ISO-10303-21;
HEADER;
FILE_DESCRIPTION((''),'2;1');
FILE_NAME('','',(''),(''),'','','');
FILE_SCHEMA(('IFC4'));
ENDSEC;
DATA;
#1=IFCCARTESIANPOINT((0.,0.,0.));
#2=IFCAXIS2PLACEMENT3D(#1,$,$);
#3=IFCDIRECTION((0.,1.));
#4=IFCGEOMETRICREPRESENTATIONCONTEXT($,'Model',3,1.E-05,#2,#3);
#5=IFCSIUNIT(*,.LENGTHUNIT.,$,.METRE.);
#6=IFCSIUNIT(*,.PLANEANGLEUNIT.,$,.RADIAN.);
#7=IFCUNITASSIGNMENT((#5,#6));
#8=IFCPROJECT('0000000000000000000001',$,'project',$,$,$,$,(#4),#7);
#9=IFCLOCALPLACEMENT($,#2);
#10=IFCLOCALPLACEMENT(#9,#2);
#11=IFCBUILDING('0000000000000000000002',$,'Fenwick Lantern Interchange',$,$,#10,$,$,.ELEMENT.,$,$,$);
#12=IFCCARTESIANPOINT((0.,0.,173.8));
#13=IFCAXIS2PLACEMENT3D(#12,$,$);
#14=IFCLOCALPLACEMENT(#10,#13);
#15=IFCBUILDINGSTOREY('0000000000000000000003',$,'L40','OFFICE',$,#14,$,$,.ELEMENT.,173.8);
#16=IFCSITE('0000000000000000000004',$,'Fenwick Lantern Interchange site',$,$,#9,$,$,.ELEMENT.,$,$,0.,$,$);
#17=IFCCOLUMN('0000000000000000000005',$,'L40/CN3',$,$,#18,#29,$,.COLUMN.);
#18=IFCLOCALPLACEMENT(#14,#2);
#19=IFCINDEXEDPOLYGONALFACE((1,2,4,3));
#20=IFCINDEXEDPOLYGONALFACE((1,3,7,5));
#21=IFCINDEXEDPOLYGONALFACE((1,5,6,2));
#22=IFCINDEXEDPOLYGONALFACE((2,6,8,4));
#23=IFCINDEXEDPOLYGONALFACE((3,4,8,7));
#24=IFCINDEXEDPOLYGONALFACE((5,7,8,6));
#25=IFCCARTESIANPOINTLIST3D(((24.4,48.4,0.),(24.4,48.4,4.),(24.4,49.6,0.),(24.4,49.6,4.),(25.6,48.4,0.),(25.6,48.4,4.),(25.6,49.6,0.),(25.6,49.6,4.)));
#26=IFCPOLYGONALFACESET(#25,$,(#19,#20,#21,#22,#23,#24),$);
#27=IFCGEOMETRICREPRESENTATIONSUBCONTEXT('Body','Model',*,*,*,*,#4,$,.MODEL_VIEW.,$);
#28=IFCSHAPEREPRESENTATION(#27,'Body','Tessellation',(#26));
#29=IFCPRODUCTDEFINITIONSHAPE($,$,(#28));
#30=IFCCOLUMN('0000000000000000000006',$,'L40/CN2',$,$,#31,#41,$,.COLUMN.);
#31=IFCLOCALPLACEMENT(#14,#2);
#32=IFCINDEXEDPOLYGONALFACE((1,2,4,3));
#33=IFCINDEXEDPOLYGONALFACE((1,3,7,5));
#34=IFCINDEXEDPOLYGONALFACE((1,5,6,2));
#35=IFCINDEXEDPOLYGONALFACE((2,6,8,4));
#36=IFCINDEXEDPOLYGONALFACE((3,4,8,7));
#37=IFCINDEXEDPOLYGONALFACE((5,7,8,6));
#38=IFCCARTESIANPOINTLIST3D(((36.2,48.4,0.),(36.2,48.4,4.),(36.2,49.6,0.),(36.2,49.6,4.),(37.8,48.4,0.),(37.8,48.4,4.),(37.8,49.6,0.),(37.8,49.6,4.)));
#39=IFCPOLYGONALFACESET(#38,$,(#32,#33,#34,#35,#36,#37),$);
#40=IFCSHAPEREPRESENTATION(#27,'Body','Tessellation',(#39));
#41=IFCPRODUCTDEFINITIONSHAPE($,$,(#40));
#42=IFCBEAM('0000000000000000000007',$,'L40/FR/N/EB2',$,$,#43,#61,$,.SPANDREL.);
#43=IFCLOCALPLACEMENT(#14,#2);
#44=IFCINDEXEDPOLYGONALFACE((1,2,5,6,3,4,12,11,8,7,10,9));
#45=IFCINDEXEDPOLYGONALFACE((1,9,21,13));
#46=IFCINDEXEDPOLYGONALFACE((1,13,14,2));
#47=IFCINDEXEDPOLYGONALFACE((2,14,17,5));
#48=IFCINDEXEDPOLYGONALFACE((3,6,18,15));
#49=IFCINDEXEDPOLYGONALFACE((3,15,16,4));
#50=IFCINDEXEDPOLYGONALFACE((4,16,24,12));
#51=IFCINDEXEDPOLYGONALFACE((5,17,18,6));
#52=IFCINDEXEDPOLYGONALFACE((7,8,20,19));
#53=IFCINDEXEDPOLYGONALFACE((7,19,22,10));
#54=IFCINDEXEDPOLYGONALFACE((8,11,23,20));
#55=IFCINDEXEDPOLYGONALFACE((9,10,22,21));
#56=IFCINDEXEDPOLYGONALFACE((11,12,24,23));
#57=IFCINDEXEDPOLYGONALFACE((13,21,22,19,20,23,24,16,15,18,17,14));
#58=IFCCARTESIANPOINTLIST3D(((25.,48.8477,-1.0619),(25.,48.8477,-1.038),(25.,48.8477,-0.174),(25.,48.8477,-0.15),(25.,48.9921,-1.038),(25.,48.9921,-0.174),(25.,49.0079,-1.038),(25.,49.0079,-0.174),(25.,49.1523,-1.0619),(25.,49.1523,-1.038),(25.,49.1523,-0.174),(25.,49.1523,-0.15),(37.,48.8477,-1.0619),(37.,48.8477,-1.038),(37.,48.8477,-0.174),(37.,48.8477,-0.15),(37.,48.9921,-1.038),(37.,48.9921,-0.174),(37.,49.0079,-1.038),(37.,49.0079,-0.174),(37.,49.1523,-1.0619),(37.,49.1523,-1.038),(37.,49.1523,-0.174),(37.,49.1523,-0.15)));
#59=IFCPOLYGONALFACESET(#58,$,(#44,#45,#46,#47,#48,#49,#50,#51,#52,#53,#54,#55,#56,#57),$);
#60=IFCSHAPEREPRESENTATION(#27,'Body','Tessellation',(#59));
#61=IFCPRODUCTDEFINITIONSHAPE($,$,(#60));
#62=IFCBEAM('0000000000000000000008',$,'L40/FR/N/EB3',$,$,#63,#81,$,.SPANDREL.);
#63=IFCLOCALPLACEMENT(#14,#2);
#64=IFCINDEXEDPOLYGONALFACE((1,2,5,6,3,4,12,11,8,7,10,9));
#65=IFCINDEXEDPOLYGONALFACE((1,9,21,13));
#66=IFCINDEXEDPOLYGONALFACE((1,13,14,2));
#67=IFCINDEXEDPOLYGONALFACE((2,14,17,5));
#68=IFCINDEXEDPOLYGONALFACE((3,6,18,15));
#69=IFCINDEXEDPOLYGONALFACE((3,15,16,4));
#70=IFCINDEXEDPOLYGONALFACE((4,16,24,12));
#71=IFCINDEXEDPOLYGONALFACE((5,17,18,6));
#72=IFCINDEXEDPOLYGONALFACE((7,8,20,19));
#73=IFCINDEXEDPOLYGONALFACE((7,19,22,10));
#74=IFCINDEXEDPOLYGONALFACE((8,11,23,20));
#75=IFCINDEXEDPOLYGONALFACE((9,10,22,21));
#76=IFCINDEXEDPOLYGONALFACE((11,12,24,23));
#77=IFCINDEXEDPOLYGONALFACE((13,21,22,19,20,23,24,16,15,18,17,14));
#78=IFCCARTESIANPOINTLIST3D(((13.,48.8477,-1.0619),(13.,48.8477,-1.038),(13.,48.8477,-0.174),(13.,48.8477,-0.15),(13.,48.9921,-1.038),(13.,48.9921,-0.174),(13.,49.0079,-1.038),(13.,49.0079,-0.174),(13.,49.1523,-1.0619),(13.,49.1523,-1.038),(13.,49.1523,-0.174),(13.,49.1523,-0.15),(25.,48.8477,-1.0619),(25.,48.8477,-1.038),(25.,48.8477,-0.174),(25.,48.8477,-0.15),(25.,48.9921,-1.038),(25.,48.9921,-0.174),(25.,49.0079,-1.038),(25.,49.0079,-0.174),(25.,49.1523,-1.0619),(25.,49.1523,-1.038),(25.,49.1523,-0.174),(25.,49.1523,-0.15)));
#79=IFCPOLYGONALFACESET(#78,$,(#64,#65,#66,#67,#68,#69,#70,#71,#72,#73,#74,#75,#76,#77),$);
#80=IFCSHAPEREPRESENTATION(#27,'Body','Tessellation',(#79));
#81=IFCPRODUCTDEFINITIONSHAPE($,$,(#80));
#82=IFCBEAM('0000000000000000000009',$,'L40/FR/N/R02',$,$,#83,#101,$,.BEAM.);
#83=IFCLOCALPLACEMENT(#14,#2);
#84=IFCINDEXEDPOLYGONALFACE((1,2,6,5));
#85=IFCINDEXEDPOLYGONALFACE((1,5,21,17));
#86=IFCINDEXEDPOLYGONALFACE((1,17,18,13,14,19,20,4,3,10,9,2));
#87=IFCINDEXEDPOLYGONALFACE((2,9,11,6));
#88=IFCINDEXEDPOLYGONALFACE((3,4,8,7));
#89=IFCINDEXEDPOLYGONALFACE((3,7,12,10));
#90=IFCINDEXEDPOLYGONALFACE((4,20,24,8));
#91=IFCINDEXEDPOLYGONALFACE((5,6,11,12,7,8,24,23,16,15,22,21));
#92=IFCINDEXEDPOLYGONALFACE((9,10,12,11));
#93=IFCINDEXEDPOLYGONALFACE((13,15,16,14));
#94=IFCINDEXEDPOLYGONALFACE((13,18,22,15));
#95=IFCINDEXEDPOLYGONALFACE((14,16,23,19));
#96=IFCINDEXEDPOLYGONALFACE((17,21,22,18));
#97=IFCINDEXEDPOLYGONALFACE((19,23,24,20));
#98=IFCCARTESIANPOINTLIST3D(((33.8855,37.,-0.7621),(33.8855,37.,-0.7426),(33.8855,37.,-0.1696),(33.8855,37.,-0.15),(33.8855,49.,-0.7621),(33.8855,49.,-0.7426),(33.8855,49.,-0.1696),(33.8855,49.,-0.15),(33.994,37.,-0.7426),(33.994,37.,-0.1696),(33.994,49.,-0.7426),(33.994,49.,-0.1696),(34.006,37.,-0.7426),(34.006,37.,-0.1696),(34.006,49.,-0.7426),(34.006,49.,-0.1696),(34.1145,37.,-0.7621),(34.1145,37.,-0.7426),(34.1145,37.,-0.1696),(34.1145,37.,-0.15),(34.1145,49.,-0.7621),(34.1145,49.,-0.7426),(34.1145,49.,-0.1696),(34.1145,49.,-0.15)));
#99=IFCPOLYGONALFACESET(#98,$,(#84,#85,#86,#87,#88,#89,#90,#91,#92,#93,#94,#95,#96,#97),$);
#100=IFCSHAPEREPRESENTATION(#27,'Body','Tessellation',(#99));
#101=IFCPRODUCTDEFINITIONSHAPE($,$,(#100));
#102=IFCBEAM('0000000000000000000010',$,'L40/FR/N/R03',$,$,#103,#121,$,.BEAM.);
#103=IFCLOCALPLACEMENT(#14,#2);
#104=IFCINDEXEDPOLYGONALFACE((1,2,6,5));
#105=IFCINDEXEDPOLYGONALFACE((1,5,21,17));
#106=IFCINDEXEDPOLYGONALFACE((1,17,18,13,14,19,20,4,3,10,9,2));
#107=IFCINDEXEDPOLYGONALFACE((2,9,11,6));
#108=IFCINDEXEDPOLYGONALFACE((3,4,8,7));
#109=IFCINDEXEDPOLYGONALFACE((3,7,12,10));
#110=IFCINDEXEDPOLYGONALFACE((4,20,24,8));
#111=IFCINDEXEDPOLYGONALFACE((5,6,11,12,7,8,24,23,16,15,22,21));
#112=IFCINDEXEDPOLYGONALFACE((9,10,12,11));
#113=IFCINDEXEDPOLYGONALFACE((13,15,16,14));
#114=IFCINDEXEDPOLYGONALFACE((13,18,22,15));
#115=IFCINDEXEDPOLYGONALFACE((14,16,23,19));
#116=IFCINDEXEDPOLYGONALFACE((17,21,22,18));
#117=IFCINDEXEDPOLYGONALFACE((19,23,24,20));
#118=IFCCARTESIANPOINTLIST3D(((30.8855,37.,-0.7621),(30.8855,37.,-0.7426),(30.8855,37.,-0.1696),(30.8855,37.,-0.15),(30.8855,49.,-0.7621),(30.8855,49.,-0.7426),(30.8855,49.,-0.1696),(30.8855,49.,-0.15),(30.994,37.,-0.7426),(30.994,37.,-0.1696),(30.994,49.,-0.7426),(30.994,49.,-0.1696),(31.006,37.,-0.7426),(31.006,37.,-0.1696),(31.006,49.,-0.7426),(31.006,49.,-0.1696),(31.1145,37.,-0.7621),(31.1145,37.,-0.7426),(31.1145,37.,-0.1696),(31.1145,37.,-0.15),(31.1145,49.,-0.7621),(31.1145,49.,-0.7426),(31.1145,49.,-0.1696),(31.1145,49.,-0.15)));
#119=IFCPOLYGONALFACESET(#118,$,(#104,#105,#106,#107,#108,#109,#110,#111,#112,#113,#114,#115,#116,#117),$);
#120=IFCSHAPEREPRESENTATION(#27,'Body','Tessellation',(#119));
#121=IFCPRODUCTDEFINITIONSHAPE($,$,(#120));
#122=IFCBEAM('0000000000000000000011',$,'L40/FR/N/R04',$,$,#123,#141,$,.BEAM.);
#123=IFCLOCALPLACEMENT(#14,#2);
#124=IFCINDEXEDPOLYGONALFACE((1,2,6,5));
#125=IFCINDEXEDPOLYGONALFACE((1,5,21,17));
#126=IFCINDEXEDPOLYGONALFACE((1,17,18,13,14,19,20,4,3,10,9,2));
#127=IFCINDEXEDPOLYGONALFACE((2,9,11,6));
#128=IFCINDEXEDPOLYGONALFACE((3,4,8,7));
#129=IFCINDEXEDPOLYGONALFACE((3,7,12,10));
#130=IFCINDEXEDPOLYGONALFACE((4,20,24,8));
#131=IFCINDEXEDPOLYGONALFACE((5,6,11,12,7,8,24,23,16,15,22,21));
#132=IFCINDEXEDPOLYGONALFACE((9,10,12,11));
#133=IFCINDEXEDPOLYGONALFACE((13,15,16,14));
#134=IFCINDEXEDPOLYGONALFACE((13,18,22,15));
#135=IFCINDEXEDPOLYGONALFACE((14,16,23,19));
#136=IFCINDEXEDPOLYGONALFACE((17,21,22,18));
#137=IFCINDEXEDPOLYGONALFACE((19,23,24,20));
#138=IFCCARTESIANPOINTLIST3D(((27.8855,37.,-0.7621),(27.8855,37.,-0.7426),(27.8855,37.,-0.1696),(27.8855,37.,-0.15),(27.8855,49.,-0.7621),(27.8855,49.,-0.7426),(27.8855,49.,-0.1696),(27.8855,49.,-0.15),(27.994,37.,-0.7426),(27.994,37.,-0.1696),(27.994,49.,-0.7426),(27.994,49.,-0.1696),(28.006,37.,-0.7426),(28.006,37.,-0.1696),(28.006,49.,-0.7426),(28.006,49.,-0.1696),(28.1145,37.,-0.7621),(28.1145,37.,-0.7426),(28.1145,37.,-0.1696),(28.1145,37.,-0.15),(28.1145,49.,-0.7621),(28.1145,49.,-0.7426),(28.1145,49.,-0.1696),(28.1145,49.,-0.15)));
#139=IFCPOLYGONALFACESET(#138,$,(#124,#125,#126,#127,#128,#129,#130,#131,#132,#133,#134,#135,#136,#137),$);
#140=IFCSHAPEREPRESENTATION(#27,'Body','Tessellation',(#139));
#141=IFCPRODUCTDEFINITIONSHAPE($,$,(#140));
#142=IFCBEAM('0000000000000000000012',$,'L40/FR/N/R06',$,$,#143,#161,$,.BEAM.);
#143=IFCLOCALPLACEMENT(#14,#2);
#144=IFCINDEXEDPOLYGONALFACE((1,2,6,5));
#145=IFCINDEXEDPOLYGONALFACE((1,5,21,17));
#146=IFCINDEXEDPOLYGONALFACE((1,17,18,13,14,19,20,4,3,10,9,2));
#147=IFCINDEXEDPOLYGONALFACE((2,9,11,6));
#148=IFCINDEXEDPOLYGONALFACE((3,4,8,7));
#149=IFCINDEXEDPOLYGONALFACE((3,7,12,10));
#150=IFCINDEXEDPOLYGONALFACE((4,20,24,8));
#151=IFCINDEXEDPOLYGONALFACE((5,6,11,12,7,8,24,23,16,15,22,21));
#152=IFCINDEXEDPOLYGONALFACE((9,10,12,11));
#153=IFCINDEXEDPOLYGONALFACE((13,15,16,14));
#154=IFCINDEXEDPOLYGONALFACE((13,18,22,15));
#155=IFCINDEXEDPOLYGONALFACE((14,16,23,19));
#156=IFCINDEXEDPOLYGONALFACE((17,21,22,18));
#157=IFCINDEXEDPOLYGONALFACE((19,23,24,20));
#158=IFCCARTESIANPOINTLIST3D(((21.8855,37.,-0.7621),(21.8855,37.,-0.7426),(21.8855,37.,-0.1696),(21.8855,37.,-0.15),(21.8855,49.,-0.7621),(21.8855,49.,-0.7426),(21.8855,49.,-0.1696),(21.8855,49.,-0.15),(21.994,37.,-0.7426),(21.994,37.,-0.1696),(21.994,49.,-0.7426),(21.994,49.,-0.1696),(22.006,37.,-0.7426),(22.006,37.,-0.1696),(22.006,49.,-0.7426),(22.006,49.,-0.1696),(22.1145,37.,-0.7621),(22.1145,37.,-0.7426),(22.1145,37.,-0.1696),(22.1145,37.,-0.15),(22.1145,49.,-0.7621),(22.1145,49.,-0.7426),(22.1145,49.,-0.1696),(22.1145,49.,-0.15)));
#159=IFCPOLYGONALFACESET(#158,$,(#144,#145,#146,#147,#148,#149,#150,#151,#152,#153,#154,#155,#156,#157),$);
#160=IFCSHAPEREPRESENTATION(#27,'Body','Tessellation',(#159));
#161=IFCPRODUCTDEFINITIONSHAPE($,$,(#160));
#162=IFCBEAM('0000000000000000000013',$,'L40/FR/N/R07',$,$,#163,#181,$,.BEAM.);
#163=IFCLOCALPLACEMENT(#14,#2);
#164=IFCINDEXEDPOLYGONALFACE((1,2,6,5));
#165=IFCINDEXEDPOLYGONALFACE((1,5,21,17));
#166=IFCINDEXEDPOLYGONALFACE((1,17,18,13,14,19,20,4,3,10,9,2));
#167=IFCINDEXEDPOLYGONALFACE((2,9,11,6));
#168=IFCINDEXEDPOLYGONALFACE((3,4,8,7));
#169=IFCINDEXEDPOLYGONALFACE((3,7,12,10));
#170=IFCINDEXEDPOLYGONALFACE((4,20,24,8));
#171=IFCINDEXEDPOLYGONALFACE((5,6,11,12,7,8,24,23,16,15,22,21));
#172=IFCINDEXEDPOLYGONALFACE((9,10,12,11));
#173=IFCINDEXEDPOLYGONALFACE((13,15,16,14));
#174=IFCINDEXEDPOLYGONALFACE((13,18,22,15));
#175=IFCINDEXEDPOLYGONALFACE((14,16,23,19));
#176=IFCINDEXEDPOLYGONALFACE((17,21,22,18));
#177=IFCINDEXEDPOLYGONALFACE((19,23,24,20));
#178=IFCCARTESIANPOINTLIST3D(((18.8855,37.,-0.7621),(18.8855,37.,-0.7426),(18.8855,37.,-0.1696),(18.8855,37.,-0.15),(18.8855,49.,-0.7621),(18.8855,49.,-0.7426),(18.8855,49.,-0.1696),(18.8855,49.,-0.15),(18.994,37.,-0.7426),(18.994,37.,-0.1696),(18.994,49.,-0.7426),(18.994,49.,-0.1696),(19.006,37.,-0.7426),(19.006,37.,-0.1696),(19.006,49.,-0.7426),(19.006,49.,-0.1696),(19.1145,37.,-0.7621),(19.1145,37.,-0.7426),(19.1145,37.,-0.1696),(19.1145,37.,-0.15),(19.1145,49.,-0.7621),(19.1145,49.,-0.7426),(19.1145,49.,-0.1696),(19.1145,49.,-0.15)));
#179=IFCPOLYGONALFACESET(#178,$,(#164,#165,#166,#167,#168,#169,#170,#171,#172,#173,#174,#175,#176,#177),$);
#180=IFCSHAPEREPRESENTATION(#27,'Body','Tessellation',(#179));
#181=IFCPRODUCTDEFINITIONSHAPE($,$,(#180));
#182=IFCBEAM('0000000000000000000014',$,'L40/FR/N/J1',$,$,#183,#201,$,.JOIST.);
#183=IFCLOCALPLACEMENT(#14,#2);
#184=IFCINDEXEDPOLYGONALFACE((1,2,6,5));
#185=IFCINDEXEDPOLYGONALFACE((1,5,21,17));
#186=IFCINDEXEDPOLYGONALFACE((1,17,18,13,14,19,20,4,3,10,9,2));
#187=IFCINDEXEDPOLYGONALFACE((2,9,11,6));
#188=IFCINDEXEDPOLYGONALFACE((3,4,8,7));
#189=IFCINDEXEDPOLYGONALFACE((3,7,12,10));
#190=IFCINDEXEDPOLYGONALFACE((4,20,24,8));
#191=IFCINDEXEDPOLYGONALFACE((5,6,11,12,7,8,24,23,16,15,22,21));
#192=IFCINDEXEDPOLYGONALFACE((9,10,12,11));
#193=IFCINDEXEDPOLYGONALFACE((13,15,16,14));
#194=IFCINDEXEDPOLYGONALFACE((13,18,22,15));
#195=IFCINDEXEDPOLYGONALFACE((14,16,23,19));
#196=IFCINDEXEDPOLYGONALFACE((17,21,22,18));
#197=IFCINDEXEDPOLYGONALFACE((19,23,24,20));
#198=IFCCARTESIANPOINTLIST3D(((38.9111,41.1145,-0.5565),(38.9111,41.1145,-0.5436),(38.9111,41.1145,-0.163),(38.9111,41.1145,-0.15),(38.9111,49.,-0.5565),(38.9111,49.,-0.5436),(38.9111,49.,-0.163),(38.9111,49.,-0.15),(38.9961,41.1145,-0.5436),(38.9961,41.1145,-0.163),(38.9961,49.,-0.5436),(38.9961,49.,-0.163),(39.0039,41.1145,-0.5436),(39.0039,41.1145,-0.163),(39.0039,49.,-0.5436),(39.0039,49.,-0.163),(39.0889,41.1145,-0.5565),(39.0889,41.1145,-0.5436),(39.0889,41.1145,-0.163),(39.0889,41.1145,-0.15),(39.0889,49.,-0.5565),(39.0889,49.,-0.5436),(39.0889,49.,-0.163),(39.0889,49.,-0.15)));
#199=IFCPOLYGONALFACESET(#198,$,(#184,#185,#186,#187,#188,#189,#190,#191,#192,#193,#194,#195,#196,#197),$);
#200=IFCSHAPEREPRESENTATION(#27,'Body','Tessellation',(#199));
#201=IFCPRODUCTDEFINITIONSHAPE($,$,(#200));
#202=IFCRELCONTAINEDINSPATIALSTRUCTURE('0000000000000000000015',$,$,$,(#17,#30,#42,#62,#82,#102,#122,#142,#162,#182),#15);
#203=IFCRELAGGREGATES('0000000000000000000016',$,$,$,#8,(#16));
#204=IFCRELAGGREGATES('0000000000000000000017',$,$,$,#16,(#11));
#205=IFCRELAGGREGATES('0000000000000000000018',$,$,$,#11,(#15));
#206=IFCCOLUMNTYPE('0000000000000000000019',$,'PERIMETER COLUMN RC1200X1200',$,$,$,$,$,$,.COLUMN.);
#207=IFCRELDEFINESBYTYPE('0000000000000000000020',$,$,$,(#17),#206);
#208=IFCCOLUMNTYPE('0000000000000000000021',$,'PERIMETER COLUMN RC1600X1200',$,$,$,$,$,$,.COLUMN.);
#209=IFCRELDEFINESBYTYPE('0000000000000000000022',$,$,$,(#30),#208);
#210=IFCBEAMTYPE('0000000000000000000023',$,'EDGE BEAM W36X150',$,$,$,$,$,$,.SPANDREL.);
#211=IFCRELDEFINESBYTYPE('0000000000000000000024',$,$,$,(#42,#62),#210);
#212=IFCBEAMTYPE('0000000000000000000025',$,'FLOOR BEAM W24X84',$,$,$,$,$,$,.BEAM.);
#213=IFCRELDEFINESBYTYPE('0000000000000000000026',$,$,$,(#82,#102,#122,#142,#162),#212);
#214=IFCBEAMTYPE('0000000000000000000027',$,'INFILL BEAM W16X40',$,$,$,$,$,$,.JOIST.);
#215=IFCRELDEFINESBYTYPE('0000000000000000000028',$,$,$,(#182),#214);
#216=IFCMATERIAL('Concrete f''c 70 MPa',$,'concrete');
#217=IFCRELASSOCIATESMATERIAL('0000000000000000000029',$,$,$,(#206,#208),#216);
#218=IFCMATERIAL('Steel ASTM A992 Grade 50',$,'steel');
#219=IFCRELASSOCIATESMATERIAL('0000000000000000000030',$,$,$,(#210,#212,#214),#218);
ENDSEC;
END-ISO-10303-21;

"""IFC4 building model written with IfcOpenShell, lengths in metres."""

from ifc_helpers import new_model, si_unit, direction, frame, origin, origin_2d, place, context, subcontext, project, spatial, rectangle, i_section, extrude, material, material_profile, profile_set, type_object, element, save


model = new_model("IFC4")

# Units and contexts
model_context = context("Model", 3, precision=1e-05, world=origin(), true_north=direction((0.0, 1.0)))
body_context = subcontext(model_context, "Body", "Model", "MODEL_VIEW")
ifc_project = project(units=[si_unit("LENGTHUNIT", "METRE"), si_unit("PLANEANGLEUNIT", "RADIAN")], contexts=[model_context])

# Site, building, storey
site_placement = place(None, origin())
site = spatial("IfcSite", under=ifc_project, at=site_placement, Name="Fenwick Lantern Interchange site", CompositionType="ELEMENT", RefElevation=0.0)
building_placement = place(site_placement, origin())
building = spatial("IfcBuilding", under=site, at=building_placement, Name="Fenwick Lantern Interchange", CompositionType="ELEMENT")
storey_placement = place(building_placement, frame((0.0, 0.0, 173.8)))
storey = spatial("IfcBuildingStorey", under=building, at=storey_placement, Name="L40", Description="OFFICE", CompositionType="ELEMENT", Elevation=173.8)

# Columns
ifc_material_1 = material(Name="Concrete f'c 70 MPa", Category="concrete")
ifc_material_profile_1 = material_profile(ifc_material_1, rectangle(XDim=1.2, YDim=1.2, at=origin_2d()), Name="RC1200X1200")
ifc_profile_set_1 = profile_set([ifc_material_profile_1], Name="Concrete f'c 70 MPa")
column_type_1 = type_object("IfcColumnType", Name="PERIMETER COLUMN RC1200X1200", PredefinedType="COLUMN", material=ifc_profile_set_1)
column_1_placement = place(storey_placement, frame((25.0, 49.0, 0.0), z_axis=(0.0, 0.0, 1.0), x_axis=(1.0, 0.0, 0.0)))
element("IfcColumn", 1, at=column_1_placement, inside=storey, type_object=column_type_1, Name="L40/CN3", PredefinedType="COLUMN", context=body_context, shape_type="SweptSolid", body=[
    extrude(rectangle(XDim=1.2, YDim=1.2, at=origin_2d()), origin(), (0.0, 0.0, 1.0), 4.0),
])
ifc_material_profile_2 = material_profile(ifc_material_1, rectangle(XDim=1.6001, YDim=1.2, at=origin_2d()), Name="RC1600X1200")
ifc_profile_set_2 = profile_set([ifc_material_profile_2], Name="Concrete f'c 70 MPa")
column_type_2 = type_object("IfcColumnType", Name="PERIMETER COLUMN RC1600X1200", PredefinedType="COLUMN", material=ifc_profile_set_2)
column_2_placement = place(storey_placement, frame((37.0, 49.0, 0.0), z_axis=(0.0, 0.0, 1.0), x_axis=(1.0, 0.0, 0.0)))
element("IfcColumn", 2, at=column_2_placement, inside=storey, type_object=column_type_2, Name="L40/CN2", PredefinedType="COLUMN", context=body_context, shape_type="SweptSolid", body=[
    extrude(rectangle(XDim=1.6001, YDim=1.2, at=origin_2d()), origin(), (0.0, 0.0, 1.0), 4.0),
])

# Beams
ifc_material_2 = material(Name="Steel ASTM A992 Grade 50", Category="steel")
ifc_material_profile_3 = material_profile(ifc_material_2, i_section(OverallWidth=0.3047, OverallDepth=0.9119, WebThickness=0.0159, FlangeThickness=0.0239, at=origin_2d()), Name="W36X150")
ifc_profile_set_3 = profile_set([ifc_material_profile_3], Name="Steel ASTM A992 Grade 50")
beam_type_1 = type_object("IfcBeamType", Name="EDGE BEAM W36X150", PredefinedType="SPANDREL", material=ifc_profile_set_3)
for number, where, z_axis, x_axis, name in (
    (3, (37.0, 49.0, -0.606), (-1.0, 0.0, 0.0), (0.0, -1.0, 0.0), "L40/FR/N/EB2"),
    (4, (25.0, 49.0, -0.606), (-1.0, 0.0, 0.0), (0.0, -1.0, 0.0), "L40/FR/N/EB3"),
):
    element("IfcBeam", number, at=place(storey_placement, frame(where, z_axis=z_axis, x_axis=x_axis)), inside=storey, type_object=beam_type_1, Name=name, PredefinedType="SPANDREL", context=body_context, shape_type="SweptSolid", body=[
        extrude(i_section(OverallWidth=0.3047, OverallDepth=0.9119, WebThickness=0.0159, FlangeThickness=0.0239, at=origin_2d()), origin(), (0.0, 0.0, 1.0), 12.0),
    ])
ifc_material_profile_4 = material_profile(ifc_material_2, i_section(OverallWidth=0.229, OverallDepth=0.6121, WebThickness=0.012, FlangeThickness=0.0195, at=origin_2d()), Name="W24X84")
ifc_profile_set_4 = profile_set([ifc_material_profile_4], Name="Steel ASTM A992 Grade 50")
beam_type_2 = type_object("IfcBeamType", Name="FLOOR BEAM W24X84", PredefinedType="BEAM", material=ifc_profile_set_4)
for number, where, z_axis, x_axis, name in (
    (5, (34.0, 49.0, -0.4561), (0.0, -1.0, 0.0), (1.0, 0.0, 0.0), "L40/FR/N/R02"),
    (6, (31.0, 49.0, -0.4561), (0.0, -1.0, 0.0), (1.0, 0.0, 0.0), "L40/FR/N/R03"),
    (7, (28.0, 49.0, -0.4561), (0.0, -1.0, 0.0), (1.0, 0.0, 0.0), "L40/FR/N/R04"),
    (8, (22.0, 49.0, -0.4561), (0.0, -1.0, 0.0), (1.0, 0.0, 0.0), "L40/FR/N/R06"),
    (9, (19.0, 49.0, -0.4561), (0.0, -1.0, 0.0), (1.0, 0.0, 0.0), "L40/FR/N/R07"),
):
    element("IfcBeam", number, at=place(storey_placement, frame(where, z_axis=z_axis, x_axis=x_axis)), inside=storey, type_object=beam_type_2, Name=name, PredefinedType="BEAM", context=body_context, shape_type="SweptSolid", body=[
        extrude(i_section(OverallWidth=0.229, OverallDepth=0.6121, WebThickness=0.012, FlangeThickness=0.0195, at=origin_2d()), origin(), (0.0, 0.0, 1.0), 12.0),
    ])
ifc_material_profile_5 = material_profile(ifc_material_2, i_section(OverallWidth=0.1777, OverallDepth=0.4065, WebThickness=0.0078, FlangeThickness=0.0129, at=origin_2d()), Name="W16X40")
ifc_profile_set_5 = profile_set([ifc_material_profile_5], Name="Steel ASTM A992 Grade 50")
beam_type_3 = type_object("IfcBeamType", Name="INFILL BEAM W16X40", PredefinedType="JOIST", material=ifc_profile_set_5)
beam_1_placement = place(storey_placement, frame((39.0, 49.0, -0.3533), z_axis=(0.0, -1.0, 0.0), x_axis=(1.0, 0.0, 0.0)))
element("IfcBeam", 10, at=beam_1_placement, inside=storey, type_object=beam_type_3, Name="L40/FR/N/J1", PredefinedType="JOIST", context=body_context, shape_type="SweptSolid", body=[
    extrude(i_section(OverallWidth=0.1777, OverallDepth=0.4065, WebThickness=0.0078, FlangeThickness=0.0129, at=origin_2d()), origin(), (0.0, 0.0, 1.0), 7.8855),
])

save(model, "model.ifc")
